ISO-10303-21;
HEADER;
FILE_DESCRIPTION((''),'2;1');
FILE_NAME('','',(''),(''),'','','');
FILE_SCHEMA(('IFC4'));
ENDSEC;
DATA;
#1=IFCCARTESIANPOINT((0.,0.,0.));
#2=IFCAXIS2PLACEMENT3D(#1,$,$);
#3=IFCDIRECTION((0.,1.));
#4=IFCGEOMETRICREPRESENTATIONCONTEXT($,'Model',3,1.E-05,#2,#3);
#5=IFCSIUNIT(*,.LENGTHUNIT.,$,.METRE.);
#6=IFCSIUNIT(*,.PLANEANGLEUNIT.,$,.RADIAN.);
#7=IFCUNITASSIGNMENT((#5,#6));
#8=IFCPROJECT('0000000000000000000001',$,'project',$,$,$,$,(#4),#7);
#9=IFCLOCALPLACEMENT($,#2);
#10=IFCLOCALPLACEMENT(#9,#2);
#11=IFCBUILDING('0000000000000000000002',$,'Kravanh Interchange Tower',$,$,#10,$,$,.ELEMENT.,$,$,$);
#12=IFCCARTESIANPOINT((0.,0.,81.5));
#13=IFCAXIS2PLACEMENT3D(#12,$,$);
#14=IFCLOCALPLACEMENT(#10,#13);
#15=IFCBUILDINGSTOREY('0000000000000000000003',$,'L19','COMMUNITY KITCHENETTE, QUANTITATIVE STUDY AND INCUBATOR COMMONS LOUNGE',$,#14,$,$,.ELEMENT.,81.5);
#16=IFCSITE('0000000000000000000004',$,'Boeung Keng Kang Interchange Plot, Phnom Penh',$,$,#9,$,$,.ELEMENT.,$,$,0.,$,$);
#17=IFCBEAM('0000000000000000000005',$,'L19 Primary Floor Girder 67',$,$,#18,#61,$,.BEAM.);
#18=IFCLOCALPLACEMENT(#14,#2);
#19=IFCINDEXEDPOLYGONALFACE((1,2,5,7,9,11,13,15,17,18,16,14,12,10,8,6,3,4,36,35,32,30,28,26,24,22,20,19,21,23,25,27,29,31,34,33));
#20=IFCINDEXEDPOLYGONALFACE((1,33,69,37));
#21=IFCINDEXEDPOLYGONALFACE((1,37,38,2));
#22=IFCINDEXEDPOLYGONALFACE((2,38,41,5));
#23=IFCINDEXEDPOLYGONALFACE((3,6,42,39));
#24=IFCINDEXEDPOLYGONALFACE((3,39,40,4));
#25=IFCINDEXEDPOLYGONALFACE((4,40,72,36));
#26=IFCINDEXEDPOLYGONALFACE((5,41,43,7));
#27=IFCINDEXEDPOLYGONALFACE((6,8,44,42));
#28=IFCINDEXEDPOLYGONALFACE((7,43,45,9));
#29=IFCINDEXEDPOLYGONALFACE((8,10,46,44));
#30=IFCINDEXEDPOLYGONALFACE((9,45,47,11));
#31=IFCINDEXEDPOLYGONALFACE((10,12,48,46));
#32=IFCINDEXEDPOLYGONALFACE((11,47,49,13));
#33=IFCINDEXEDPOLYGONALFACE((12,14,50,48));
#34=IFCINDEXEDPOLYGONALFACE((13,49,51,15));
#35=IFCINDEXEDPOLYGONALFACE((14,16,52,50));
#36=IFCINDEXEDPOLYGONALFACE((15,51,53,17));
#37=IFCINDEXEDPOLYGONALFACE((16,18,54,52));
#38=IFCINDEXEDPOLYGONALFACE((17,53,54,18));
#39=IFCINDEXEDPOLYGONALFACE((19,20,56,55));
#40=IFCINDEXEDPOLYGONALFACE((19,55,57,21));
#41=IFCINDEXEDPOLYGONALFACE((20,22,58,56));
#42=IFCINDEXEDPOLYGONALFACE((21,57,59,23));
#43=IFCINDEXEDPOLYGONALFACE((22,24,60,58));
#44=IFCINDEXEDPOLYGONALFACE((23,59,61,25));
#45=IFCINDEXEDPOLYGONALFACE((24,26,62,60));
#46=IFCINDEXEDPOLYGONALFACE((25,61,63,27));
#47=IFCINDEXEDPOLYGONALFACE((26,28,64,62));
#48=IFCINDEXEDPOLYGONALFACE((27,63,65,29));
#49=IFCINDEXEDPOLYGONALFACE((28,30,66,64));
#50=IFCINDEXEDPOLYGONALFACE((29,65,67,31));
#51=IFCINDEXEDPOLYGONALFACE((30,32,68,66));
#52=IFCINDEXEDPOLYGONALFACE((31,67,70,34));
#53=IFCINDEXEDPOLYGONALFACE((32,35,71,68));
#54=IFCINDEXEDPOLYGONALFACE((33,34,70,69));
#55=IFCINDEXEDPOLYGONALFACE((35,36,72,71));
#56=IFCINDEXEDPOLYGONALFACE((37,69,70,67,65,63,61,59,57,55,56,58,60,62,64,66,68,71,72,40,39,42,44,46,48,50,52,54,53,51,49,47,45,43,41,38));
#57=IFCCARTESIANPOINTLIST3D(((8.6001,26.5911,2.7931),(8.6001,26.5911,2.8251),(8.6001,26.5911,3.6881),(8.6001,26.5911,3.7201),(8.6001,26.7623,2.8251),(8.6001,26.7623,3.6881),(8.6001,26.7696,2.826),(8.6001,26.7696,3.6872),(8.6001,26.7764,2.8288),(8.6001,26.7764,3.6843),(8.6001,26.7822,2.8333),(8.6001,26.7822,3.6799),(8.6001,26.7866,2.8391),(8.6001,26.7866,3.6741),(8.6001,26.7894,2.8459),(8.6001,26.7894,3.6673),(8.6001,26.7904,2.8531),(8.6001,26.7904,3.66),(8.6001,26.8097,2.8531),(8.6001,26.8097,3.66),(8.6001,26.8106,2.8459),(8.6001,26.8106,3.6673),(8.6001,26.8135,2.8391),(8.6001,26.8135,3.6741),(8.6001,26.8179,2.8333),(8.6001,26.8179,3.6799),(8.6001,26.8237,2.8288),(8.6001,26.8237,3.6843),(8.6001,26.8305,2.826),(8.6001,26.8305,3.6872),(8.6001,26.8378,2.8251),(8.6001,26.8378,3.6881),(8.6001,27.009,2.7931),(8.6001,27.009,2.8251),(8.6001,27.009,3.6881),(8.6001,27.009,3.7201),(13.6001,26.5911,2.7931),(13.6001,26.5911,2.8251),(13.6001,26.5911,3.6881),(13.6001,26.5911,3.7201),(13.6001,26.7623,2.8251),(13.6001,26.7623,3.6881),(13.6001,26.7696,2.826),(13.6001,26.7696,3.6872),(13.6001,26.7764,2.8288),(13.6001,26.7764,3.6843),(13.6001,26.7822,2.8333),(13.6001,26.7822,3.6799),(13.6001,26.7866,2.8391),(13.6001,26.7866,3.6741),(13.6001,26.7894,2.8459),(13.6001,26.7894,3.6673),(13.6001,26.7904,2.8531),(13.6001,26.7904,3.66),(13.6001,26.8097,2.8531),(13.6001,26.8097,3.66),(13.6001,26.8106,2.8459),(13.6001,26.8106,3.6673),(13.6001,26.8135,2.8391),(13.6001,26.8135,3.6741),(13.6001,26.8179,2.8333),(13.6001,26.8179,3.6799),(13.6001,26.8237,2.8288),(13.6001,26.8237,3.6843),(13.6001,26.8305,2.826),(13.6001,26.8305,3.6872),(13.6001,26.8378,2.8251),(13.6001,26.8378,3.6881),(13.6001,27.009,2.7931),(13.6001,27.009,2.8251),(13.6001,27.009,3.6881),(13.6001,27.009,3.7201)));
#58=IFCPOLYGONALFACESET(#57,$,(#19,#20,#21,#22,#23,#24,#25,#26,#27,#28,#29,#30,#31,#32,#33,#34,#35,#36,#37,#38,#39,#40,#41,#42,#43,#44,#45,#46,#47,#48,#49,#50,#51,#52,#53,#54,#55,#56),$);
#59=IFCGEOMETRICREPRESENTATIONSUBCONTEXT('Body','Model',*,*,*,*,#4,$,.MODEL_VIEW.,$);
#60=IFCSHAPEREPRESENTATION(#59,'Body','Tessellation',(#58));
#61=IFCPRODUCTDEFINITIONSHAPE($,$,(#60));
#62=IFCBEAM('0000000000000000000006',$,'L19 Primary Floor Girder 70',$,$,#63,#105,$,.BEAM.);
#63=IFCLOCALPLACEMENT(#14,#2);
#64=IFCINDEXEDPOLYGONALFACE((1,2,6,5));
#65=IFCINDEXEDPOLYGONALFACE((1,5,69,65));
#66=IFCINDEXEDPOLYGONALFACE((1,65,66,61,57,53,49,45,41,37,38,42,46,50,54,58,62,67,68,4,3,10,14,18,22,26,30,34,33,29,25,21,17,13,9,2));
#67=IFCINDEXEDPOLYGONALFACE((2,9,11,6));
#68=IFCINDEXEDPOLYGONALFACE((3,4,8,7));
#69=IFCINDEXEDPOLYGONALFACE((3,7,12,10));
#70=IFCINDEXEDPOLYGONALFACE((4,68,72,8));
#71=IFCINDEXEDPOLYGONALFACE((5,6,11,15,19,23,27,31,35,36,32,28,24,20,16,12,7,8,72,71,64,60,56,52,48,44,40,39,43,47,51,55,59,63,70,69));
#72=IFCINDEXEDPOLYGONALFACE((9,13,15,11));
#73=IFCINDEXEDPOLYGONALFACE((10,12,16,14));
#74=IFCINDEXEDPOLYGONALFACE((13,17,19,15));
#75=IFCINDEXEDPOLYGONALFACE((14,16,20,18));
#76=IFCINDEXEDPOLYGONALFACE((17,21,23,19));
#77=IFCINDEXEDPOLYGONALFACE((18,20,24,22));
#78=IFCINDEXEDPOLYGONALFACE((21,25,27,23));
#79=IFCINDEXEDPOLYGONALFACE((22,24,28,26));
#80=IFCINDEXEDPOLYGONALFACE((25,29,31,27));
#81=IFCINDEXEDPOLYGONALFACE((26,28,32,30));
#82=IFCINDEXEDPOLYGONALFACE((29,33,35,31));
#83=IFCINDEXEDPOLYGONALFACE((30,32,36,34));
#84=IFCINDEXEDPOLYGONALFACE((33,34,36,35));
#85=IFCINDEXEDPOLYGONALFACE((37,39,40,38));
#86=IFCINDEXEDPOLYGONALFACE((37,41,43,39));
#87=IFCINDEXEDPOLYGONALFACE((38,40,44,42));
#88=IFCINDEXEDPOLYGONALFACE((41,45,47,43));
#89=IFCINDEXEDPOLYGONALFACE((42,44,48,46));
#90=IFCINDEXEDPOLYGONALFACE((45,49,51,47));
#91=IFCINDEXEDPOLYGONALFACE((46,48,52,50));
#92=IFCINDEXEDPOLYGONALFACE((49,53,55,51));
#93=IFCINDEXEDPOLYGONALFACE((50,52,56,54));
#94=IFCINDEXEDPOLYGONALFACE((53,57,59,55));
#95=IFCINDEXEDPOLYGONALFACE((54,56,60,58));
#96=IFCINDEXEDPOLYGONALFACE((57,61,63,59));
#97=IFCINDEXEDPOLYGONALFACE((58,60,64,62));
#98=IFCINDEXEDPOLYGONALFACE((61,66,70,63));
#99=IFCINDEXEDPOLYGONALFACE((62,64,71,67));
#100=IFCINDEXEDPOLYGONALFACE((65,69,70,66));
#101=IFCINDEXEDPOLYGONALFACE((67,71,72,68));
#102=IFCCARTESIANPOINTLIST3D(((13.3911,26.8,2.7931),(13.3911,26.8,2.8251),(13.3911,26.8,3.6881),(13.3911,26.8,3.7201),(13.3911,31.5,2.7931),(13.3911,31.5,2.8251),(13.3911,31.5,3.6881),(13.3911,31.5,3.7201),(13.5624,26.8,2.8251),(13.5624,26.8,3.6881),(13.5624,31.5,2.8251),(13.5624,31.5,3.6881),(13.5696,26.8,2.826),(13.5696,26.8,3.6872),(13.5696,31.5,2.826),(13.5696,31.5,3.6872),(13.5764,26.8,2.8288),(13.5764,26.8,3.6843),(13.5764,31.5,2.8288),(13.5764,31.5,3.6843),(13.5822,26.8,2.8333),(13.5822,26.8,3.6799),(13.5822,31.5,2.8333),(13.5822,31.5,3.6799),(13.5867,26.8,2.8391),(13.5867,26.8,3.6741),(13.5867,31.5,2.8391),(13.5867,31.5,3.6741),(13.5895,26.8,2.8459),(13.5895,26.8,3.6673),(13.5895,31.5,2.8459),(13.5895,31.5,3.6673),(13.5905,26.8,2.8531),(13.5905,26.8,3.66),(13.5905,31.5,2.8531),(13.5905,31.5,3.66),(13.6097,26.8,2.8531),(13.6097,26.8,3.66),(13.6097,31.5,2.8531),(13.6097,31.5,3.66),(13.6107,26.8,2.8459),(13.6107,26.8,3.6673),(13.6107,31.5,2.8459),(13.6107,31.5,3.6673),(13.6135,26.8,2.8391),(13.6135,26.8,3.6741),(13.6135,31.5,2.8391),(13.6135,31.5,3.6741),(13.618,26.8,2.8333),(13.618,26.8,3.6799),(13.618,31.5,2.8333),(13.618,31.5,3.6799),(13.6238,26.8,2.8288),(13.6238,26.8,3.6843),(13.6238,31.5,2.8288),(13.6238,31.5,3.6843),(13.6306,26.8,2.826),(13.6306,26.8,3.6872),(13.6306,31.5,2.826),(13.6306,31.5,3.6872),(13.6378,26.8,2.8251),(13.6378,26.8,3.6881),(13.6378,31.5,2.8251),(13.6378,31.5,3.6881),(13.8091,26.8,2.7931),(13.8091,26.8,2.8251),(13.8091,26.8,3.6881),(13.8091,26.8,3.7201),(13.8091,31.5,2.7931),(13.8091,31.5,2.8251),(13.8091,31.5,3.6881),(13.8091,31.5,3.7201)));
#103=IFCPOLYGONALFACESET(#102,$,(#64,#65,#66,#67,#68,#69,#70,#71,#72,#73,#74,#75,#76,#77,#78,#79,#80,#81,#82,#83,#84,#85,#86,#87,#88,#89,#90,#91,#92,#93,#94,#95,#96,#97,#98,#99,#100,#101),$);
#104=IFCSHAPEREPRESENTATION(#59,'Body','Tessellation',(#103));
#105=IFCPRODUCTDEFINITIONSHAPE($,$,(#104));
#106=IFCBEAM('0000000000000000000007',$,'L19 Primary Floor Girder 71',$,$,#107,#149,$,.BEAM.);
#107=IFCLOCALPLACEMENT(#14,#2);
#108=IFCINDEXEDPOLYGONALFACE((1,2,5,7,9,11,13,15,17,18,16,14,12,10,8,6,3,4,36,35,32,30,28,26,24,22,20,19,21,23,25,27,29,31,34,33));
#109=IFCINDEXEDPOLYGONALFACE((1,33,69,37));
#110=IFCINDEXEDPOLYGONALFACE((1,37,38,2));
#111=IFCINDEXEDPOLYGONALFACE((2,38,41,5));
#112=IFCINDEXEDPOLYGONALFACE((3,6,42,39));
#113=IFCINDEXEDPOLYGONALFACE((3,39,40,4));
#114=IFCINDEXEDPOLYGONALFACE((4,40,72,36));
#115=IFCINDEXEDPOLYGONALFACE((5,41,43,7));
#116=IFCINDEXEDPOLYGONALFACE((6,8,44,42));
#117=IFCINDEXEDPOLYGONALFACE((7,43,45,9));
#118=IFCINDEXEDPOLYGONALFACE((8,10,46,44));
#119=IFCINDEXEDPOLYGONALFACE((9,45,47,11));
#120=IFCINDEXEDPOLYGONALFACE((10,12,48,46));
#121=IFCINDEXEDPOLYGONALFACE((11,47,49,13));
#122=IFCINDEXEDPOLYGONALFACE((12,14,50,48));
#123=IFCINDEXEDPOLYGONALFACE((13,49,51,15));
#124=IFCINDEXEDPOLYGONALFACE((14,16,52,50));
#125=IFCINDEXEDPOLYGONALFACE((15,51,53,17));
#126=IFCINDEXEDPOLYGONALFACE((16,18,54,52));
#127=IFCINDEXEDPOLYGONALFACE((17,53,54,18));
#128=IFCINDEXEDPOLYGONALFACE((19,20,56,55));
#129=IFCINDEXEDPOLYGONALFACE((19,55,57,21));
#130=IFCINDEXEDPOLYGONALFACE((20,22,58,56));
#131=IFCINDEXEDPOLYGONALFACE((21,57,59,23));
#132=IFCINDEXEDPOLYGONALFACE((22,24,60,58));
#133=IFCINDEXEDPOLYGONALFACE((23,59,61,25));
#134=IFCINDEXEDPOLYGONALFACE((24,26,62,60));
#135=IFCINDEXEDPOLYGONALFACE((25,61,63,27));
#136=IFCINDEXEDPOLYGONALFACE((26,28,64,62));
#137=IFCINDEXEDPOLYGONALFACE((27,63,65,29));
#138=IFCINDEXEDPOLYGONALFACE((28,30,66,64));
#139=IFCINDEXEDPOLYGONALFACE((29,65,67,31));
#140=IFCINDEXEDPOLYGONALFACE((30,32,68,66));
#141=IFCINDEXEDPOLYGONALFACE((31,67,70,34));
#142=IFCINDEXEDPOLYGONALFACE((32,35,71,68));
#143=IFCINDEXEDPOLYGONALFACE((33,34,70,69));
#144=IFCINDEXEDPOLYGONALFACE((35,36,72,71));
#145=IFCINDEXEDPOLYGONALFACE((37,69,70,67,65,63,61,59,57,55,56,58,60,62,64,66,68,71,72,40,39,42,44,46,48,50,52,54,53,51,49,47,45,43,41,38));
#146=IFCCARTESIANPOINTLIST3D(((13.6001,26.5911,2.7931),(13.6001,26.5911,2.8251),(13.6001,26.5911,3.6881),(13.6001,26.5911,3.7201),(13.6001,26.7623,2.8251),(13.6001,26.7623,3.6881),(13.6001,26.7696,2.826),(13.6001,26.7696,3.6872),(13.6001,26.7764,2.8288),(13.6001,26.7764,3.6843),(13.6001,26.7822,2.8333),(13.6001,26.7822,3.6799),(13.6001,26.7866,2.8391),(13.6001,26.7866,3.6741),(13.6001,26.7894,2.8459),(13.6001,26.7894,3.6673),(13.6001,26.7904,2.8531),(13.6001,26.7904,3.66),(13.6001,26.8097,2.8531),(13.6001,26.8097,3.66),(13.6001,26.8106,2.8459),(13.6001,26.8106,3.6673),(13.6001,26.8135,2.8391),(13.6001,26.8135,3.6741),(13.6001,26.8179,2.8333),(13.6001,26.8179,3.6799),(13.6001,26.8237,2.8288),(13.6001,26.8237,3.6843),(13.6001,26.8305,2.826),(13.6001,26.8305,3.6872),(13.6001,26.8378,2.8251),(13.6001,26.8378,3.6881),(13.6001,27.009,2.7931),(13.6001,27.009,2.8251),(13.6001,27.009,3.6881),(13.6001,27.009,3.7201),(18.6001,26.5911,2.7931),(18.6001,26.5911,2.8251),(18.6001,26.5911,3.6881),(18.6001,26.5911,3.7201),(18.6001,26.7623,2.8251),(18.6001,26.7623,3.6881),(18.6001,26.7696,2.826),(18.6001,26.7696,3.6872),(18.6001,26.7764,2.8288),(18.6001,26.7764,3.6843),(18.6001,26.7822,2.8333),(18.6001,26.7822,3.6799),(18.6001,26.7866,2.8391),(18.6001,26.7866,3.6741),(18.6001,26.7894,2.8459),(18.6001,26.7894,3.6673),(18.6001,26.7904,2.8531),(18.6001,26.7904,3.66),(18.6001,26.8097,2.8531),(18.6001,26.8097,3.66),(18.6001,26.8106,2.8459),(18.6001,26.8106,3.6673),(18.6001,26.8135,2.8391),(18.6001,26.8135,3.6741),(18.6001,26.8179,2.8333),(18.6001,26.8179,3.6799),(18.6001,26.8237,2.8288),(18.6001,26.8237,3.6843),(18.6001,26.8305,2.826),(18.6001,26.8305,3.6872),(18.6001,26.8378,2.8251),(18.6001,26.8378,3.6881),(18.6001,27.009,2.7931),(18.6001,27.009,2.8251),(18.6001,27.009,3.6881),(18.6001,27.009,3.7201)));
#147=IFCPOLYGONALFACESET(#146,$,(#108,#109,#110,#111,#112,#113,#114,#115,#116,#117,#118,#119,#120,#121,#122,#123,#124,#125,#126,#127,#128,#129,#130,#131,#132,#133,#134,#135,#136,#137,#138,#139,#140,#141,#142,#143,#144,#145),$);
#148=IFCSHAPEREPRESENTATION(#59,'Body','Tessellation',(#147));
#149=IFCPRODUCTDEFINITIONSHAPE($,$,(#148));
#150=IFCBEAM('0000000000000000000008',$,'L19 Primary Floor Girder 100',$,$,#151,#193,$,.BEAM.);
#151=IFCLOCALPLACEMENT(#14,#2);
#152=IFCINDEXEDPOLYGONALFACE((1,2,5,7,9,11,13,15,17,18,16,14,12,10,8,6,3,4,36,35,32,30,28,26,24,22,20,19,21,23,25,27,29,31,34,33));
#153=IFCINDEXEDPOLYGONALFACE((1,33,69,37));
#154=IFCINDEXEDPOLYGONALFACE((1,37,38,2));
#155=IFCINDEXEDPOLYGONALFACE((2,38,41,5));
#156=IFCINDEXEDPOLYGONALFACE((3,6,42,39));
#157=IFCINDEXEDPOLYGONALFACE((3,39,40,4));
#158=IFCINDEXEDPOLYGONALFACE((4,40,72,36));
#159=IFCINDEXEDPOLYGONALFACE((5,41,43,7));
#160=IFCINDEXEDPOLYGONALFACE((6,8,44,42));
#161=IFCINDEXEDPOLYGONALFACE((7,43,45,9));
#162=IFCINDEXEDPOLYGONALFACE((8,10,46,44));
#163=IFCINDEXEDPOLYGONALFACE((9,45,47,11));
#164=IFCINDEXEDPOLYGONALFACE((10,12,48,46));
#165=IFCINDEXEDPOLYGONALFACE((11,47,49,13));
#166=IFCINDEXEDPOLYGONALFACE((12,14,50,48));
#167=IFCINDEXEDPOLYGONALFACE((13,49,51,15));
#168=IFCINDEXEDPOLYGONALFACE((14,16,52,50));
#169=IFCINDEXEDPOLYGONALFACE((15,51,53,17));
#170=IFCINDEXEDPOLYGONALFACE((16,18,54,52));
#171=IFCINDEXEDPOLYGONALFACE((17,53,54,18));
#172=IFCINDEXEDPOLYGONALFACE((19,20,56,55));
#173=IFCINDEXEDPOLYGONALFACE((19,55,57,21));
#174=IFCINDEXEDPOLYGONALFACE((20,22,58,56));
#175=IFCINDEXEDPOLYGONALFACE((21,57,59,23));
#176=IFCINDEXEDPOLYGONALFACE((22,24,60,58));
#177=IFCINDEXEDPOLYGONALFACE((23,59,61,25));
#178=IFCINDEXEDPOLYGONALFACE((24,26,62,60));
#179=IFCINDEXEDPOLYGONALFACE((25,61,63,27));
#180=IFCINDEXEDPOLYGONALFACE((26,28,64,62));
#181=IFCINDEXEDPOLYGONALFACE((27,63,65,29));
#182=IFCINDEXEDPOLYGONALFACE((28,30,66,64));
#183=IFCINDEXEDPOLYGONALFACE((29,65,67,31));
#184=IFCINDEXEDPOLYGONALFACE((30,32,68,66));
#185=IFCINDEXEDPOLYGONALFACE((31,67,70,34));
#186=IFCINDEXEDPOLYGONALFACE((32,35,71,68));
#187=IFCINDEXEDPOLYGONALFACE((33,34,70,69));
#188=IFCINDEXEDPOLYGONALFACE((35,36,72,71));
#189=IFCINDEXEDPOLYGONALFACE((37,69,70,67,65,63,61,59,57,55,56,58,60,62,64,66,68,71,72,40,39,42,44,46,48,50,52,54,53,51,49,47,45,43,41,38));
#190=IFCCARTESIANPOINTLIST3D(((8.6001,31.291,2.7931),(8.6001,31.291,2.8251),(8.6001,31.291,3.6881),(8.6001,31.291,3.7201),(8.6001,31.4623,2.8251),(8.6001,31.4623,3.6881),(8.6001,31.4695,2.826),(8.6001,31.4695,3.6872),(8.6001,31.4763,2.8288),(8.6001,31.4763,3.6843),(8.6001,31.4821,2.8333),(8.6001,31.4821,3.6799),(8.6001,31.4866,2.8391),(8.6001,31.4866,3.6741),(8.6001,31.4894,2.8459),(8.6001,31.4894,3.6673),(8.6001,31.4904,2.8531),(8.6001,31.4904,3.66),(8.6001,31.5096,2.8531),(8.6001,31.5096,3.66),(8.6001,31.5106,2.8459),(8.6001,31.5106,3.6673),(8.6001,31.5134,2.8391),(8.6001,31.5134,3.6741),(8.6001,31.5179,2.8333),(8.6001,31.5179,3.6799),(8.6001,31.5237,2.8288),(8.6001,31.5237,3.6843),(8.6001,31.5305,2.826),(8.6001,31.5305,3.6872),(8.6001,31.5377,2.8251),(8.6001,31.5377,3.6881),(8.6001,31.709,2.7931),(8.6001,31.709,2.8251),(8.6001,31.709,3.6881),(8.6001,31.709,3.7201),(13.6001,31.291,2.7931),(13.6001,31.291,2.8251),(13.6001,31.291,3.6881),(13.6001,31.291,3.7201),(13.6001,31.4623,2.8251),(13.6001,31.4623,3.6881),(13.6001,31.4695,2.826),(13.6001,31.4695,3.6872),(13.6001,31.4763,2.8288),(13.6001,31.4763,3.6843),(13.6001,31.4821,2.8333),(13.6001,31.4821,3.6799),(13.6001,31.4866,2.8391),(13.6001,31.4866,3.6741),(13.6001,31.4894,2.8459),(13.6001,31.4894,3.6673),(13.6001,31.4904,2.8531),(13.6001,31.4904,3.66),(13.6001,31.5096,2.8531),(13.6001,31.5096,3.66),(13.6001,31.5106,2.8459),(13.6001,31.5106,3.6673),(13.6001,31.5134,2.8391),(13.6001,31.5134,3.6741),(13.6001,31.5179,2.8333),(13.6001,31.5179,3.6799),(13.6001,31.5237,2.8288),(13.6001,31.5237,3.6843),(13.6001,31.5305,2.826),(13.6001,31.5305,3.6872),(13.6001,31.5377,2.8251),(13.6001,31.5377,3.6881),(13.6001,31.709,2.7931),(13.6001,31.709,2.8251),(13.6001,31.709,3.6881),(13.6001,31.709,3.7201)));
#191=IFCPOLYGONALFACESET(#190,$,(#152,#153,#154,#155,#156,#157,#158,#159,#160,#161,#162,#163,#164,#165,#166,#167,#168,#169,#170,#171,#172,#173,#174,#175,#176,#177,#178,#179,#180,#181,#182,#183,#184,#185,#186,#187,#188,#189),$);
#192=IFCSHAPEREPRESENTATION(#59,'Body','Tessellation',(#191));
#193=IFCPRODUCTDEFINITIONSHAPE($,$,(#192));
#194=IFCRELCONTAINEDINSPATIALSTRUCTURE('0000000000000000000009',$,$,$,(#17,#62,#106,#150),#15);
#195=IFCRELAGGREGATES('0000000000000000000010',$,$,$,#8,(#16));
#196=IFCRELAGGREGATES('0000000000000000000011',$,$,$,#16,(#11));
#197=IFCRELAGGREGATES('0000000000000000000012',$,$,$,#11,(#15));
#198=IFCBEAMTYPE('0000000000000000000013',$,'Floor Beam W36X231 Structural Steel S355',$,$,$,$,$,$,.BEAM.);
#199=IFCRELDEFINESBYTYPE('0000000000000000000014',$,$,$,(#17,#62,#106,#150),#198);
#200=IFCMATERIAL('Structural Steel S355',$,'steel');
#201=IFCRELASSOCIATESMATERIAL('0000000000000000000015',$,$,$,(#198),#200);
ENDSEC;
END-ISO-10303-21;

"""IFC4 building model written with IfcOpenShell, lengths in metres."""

from ifc_helpers import new_model, si_unit, direction, frame, origin, origin_2d, place, context, subcontext, project, spatial, i_section, extrude, material, material_profile, profile_set, type_object, element, save


model = new_model("IFC4")

# Units and contexts
model_context = context("Model", 3, precision=1e-05, world=origin(), true_north=direction((0.0, 1.0)))
body_context = subcontext(model_context, "Body", "Model", "MODEL_VIEW")
ifc_project = project(units=[si_unit("LENGTHUNIT", "METRE"), si_unit("PLANEANGLEUNIT", "RADIAN")], contexts=[model_context])

# Site, building, storey
site_placement = place(None, origin())
site = spatial("IfcSite", under=ifc_project, at=site_placement, Name="Boeung Keng Kang Interchange Plot, Phnom Penh", CompositionType="ELEMENT", RefElevation=0.0)
building_placement = place(site_placement, origin())
building = spatial("IfcBuilding", under=site, at=building_placement, Name="Kravanh Interchange Tower", CompositionType="ELEMENT")
storey_placement = place(building_placement, frame((0.0, 0.0, 81.5)))
storey = spatial("IfcBuildingStorey", under=building, at=storey_placement, Name="L19", Description="COMMUNITY KITCHENETTE, QUANTITATIVE STUDY AND INCUBATOR COMMONS LOUNGE", CompositionType="ELEMENT", Elevation=81.5)

# Beams
ifc_material_1 = material(Name="Structural Steel S355", Category="steel")
ifc_material_profile_1 = material_profile(ifc_material_1, i_section(OverallWidth=0.418, OverallDepth=0.927, WebThickness=0.0193, FlangeThickness=0.032, FilletRadius=0.0281, at=origin_2d()), Name="W36X231")
ifc_profile_set_1 = profile_set([ifc_material_profile_1], Name="Structural Steel S355")
beam_type_1 = type_object("IfcBeamType", Name="Floor Beam W36X231 Structural Steel S355", PredefinedType="BEAM", material=ifc_profile_set_1)
beam_1_placement = place(storey_placement, frame((8.6001, 26.8, 3.2566), z_axis=(1.0, 0.0, 0.0), x_axis=(0.0, 1.0, 0.0)))
element("IfcBeam", 1, at=beam_1_placement, inside=storey, type_object=beam_type_1, Name="L19 Primary Floor Girder 67", PredefinedType="BEAM", context=body_context, shape_type="SweptSolid", body=[
    extrude(i_section(OverallWidth=0.418, OverallDepth=0.927, WebThickness=0.0193, FlangeThickness=0.032, FilletRadius=0.0281, at=origin_2d()), origin(), (0.0, 0.0, 1.0), 5.0),
])
beam_2_placement = place(storey_placement, frame((13.6001, 26.8, 3.2566), z_axis=(0.0, 1.0, 0.0), x_axis=(-1.0, 0.0, 0.0)))
element("IfcBeam", 2, at=beam_2_placement, inside=storey, type_object=beam_type_1, Name="L19 Primary Floor Girder 70", PredefinedType="BEAM", context=body_context, shape_type="SweptSolid", body=[
    extrude(i_section(OverallWidth=0.418, OverallDepth=0.927, WebThickness=0.0193, FlangeThickness=0.032, FilletRadius=0.0281, at=origin_2d()), origin(), (0.0, 0.0, 1.0), 4.7),
])
for number, where, z_axis, x_axis, name in (
    (3, (13.6001, 26.8, 3.2566), (1.0, 0.0, 0.0), (0.0, 1.0, 0.0), "L19 Primary Floor Girder 71"),
    (4, (8.6001, 31.5, 3.2566), (1.0, 0.0, 0.0), (0.0, 1.0, 0.0), "L19 Primary Floor Girder 100"),
):
    element("IfcBeam", number, at=place(storey_placement, frame(where, z_axis=z_axis, x_axis=x_axis)), inside=storey, type_object=beam_type_1, Name=name, PredefinedType="BEAM", context=body_context, shape_type="SweptSolid", body=[
        extrude(i_section(OverallWidth=0.418, OverallDepth=0.927, WebThickness=0.0193, FlangeThickness=0.032, FilletRadius=0.0281, at=origin_2d()), origin(), (0.0, 0.0, 1.0), 5.0),
    ])

save(model, "model.ifc")
